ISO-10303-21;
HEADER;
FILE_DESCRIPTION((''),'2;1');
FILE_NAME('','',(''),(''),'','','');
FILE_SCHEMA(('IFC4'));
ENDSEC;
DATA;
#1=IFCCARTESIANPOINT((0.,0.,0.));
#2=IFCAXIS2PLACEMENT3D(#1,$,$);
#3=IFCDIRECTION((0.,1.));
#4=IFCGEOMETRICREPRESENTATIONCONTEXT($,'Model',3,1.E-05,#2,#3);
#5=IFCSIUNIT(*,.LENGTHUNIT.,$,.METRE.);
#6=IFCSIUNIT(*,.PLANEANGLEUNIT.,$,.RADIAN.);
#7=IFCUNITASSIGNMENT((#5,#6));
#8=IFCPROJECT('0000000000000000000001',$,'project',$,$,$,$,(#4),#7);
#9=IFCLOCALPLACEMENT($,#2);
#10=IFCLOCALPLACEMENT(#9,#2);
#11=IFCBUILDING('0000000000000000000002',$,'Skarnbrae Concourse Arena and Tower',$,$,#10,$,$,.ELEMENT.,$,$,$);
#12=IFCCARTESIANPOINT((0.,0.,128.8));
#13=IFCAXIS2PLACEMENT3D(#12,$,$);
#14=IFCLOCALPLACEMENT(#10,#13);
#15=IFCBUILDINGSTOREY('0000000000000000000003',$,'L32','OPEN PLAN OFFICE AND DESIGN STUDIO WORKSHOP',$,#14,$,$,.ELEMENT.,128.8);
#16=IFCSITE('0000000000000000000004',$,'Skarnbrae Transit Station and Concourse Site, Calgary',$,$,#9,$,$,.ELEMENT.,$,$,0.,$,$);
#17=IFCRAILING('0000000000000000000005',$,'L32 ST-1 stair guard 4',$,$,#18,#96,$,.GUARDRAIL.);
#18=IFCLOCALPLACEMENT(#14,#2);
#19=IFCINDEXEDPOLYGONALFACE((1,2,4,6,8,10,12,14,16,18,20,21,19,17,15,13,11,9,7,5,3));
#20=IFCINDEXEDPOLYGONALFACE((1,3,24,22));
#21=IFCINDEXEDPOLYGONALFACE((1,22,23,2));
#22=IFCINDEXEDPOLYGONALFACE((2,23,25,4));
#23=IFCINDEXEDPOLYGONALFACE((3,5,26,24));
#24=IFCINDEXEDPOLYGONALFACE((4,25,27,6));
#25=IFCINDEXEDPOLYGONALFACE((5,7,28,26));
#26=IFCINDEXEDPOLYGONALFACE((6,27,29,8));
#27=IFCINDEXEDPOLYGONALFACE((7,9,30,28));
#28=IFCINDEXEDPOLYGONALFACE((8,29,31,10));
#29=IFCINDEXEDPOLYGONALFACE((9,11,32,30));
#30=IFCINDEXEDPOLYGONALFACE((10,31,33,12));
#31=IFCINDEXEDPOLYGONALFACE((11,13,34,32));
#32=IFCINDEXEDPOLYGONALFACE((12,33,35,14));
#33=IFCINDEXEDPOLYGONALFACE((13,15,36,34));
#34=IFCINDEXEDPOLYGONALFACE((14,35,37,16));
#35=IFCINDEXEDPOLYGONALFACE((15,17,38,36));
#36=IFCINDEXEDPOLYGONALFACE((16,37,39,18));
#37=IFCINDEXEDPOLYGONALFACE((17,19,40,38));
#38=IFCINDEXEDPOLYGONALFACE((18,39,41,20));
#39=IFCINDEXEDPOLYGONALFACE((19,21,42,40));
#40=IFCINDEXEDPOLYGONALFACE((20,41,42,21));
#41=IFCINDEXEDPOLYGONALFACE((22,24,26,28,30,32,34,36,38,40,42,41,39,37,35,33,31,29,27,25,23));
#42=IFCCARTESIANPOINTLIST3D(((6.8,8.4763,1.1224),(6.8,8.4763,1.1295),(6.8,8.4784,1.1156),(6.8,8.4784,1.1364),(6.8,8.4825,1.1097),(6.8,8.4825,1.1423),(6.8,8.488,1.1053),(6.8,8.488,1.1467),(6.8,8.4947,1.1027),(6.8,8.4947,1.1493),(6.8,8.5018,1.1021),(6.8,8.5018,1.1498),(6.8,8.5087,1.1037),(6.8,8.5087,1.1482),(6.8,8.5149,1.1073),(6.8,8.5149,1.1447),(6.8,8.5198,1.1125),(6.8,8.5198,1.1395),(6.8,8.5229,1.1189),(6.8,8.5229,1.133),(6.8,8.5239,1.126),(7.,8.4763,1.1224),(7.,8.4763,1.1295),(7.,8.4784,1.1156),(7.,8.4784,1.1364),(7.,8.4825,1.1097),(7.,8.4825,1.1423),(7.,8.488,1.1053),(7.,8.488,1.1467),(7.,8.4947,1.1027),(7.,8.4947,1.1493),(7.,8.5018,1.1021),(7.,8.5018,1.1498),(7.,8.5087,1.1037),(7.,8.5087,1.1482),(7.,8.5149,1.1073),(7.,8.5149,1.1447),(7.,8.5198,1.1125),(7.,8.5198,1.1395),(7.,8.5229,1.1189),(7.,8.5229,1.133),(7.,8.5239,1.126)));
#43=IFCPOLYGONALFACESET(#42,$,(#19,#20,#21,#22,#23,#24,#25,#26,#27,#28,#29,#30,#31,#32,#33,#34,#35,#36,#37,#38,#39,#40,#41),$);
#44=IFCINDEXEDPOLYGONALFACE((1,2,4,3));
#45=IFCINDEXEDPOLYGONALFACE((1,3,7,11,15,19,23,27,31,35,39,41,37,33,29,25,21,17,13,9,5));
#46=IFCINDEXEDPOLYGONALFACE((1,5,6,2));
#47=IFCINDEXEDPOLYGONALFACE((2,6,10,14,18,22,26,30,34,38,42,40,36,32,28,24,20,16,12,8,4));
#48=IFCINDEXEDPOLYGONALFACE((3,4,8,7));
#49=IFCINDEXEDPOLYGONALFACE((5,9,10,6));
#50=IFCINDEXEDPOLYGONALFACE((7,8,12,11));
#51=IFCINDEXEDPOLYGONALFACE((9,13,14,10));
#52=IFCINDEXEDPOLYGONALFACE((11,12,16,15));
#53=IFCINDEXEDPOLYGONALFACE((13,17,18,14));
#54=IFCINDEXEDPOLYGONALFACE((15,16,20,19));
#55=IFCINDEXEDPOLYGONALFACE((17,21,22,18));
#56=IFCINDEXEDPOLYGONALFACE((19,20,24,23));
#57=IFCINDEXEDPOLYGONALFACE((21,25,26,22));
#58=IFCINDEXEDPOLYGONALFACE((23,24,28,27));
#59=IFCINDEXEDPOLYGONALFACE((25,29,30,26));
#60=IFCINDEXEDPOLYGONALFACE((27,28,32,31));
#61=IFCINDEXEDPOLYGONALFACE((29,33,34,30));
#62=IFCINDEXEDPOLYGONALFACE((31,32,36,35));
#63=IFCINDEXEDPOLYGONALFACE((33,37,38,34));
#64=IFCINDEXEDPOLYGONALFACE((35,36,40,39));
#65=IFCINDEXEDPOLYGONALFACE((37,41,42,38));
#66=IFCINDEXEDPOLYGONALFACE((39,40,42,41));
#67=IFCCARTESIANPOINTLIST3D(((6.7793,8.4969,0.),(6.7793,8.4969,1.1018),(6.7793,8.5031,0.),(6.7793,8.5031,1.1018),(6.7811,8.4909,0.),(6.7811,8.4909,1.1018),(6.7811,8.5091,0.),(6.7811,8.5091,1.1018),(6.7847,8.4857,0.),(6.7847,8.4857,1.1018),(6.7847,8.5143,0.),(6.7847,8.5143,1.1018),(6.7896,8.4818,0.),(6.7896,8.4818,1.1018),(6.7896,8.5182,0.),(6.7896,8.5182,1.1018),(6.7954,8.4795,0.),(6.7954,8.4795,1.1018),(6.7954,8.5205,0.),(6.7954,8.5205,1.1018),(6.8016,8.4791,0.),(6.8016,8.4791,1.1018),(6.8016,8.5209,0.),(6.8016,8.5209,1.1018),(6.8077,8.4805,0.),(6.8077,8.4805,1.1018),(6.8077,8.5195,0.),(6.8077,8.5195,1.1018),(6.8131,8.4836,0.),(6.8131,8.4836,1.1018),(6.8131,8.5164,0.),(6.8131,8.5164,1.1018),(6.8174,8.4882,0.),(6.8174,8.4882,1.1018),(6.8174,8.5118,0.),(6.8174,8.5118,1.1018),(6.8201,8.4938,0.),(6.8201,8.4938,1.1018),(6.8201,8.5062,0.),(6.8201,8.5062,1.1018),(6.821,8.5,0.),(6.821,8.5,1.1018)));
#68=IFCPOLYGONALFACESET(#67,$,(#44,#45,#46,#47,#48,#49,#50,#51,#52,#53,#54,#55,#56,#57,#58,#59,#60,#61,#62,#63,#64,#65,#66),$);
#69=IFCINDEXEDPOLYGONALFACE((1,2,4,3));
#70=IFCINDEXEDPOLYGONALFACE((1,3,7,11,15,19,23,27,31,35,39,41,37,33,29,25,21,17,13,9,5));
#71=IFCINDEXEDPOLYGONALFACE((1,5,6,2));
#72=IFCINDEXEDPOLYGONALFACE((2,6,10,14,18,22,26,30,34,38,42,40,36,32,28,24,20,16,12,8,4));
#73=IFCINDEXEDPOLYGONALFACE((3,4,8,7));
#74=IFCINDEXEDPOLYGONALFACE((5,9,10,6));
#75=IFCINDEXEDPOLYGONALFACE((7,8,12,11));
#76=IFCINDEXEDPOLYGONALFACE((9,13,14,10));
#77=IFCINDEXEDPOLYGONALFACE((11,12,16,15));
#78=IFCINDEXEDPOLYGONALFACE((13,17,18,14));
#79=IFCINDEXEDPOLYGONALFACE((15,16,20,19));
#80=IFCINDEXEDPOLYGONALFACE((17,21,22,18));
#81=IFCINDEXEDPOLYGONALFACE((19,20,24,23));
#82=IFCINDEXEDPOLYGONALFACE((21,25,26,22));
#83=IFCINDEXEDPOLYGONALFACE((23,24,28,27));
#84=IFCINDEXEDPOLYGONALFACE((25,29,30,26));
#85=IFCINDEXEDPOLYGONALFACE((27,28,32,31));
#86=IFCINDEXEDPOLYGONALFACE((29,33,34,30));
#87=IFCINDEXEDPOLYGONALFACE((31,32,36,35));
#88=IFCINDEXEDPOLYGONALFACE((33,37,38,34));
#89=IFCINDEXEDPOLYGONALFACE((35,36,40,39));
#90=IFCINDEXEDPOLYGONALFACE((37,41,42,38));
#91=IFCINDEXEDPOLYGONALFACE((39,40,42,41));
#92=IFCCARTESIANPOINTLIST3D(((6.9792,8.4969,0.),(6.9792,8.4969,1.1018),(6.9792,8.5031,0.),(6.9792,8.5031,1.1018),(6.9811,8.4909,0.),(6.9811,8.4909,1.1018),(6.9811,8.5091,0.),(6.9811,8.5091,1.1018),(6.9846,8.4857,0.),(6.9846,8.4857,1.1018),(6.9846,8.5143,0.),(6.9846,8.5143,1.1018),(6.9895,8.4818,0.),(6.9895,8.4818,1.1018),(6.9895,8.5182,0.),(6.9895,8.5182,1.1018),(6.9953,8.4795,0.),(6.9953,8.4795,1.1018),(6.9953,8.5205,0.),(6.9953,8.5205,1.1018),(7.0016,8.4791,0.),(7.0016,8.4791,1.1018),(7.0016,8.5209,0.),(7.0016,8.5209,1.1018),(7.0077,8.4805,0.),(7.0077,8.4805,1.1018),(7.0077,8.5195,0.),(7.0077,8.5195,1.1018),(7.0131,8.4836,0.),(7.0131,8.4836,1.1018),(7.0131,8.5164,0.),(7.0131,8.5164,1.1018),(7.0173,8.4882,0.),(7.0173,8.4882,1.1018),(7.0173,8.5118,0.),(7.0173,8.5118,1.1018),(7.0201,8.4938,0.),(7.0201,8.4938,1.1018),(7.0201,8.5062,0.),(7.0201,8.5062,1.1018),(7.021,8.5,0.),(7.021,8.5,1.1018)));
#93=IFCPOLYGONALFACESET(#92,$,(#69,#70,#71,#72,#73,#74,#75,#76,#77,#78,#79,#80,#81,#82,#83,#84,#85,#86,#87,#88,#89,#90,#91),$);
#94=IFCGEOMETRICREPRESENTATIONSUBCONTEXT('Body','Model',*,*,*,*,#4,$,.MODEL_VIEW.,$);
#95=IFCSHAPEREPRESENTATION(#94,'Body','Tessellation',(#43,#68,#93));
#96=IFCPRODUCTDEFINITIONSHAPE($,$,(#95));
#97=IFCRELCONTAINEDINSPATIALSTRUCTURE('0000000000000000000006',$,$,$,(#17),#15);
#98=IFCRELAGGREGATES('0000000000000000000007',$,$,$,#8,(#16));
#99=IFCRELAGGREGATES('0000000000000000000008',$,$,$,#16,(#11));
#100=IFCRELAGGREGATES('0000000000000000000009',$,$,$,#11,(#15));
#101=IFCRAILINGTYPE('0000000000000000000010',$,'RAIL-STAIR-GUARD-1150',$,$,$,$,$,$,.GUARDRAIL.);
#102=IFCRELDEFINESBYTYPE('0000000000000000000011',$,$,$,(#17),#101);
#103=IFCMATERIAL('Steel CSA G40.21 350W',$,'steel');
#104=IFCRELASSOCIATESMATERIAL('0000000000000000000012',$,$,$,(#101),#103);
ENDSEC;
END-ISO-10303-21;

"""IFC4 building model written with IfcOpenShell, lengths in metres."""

from ifc_helpers import new_model, si_unit, direction, frame, origin, origin_2d, place, context, subcontext, project, spatial, circle, extrude, material, type_object, element, save


model = new_model("IFC4")

# Units and contexts
model_context = context("Model", 3, precision=1e-05, world=origin(), true_north=direction((0.0, 1.0)))
body_context = subcontext(model_context, "Body", "Model", "MODEL_VIEW")
ifc_project = project(units=[si_unit("LENGTHUNIT", "METRE"), si_unit("PLANEANGLEUNIT", "RADIAN")], contexts=[model_context])

# Site, building, storey
site_placement = place(None, origin())
site = spatial("IfcSite", under=ifc_project, at=site_placement, Name="Skarnbrae Transit Station and Concourse Site, Calgary", CompositionType="ELEMENT", RefElevation=0.0)
building_placement = place(site_placement, origin())
building = spatial("IfcBuilding", under=site, at=building_placement, Name="Skarnbrae Concourse Arena and Tower", CompositionType="ELEMENT")
storey_placement = place(building_placement, frame((0.0, 0.0, 128.8)))
storey = spatial("IfcBuildingStorey", under=building, at=storey_placement, Name="L32", Description="OPEN PLAN OFFICE AND DESIGN STUDIO WORKSHOP", CompositionType="ELEMENT", Elevation=128.8)

# Shared definitions
ifc_material_1 = material(Name="Steel CSA G40.21 350W", Category="steel")

# Railing
railing_type_1 = type_object("IfcRailingType", Name="RAIL-STAIR-GUARD-1150", PredefinedType="GUARDRAIL", material=ifc_material_1)
railing_1_placement = place(storey_placement, frame((6.8, 8.5, 0.0)))
element("IfcRailing", 1, at=railing_1_placement, inside=storey, type_object=railing_type_1, Name="L32 ST-1 stair guard 4", PredefinedType="GUARDRAIL", context=body_context, shape_type="SweptSolid", body=[
    extrude(circle(Radius=0.0239, at=origin_2d()), frame((0.0, 0.0, 1.126), z_axis=(1.0, 0.0, 0.0), x_axis=(0.0, 1.0, 0.0)), (0.0, 0.0, 1.0), 0.2),
    extrude(circle(Radius=0.021, at=origin_2d()), origin(), (0.0, 0.0, 1.0), 1.1018),
    extrude(circle(Radius=0.021, at=origin_2d()), frame((0.2, 0.0, 0.0)), (0.0, 0.0, 1.0), 1.1018),
])

save(model, "model.ifc")
